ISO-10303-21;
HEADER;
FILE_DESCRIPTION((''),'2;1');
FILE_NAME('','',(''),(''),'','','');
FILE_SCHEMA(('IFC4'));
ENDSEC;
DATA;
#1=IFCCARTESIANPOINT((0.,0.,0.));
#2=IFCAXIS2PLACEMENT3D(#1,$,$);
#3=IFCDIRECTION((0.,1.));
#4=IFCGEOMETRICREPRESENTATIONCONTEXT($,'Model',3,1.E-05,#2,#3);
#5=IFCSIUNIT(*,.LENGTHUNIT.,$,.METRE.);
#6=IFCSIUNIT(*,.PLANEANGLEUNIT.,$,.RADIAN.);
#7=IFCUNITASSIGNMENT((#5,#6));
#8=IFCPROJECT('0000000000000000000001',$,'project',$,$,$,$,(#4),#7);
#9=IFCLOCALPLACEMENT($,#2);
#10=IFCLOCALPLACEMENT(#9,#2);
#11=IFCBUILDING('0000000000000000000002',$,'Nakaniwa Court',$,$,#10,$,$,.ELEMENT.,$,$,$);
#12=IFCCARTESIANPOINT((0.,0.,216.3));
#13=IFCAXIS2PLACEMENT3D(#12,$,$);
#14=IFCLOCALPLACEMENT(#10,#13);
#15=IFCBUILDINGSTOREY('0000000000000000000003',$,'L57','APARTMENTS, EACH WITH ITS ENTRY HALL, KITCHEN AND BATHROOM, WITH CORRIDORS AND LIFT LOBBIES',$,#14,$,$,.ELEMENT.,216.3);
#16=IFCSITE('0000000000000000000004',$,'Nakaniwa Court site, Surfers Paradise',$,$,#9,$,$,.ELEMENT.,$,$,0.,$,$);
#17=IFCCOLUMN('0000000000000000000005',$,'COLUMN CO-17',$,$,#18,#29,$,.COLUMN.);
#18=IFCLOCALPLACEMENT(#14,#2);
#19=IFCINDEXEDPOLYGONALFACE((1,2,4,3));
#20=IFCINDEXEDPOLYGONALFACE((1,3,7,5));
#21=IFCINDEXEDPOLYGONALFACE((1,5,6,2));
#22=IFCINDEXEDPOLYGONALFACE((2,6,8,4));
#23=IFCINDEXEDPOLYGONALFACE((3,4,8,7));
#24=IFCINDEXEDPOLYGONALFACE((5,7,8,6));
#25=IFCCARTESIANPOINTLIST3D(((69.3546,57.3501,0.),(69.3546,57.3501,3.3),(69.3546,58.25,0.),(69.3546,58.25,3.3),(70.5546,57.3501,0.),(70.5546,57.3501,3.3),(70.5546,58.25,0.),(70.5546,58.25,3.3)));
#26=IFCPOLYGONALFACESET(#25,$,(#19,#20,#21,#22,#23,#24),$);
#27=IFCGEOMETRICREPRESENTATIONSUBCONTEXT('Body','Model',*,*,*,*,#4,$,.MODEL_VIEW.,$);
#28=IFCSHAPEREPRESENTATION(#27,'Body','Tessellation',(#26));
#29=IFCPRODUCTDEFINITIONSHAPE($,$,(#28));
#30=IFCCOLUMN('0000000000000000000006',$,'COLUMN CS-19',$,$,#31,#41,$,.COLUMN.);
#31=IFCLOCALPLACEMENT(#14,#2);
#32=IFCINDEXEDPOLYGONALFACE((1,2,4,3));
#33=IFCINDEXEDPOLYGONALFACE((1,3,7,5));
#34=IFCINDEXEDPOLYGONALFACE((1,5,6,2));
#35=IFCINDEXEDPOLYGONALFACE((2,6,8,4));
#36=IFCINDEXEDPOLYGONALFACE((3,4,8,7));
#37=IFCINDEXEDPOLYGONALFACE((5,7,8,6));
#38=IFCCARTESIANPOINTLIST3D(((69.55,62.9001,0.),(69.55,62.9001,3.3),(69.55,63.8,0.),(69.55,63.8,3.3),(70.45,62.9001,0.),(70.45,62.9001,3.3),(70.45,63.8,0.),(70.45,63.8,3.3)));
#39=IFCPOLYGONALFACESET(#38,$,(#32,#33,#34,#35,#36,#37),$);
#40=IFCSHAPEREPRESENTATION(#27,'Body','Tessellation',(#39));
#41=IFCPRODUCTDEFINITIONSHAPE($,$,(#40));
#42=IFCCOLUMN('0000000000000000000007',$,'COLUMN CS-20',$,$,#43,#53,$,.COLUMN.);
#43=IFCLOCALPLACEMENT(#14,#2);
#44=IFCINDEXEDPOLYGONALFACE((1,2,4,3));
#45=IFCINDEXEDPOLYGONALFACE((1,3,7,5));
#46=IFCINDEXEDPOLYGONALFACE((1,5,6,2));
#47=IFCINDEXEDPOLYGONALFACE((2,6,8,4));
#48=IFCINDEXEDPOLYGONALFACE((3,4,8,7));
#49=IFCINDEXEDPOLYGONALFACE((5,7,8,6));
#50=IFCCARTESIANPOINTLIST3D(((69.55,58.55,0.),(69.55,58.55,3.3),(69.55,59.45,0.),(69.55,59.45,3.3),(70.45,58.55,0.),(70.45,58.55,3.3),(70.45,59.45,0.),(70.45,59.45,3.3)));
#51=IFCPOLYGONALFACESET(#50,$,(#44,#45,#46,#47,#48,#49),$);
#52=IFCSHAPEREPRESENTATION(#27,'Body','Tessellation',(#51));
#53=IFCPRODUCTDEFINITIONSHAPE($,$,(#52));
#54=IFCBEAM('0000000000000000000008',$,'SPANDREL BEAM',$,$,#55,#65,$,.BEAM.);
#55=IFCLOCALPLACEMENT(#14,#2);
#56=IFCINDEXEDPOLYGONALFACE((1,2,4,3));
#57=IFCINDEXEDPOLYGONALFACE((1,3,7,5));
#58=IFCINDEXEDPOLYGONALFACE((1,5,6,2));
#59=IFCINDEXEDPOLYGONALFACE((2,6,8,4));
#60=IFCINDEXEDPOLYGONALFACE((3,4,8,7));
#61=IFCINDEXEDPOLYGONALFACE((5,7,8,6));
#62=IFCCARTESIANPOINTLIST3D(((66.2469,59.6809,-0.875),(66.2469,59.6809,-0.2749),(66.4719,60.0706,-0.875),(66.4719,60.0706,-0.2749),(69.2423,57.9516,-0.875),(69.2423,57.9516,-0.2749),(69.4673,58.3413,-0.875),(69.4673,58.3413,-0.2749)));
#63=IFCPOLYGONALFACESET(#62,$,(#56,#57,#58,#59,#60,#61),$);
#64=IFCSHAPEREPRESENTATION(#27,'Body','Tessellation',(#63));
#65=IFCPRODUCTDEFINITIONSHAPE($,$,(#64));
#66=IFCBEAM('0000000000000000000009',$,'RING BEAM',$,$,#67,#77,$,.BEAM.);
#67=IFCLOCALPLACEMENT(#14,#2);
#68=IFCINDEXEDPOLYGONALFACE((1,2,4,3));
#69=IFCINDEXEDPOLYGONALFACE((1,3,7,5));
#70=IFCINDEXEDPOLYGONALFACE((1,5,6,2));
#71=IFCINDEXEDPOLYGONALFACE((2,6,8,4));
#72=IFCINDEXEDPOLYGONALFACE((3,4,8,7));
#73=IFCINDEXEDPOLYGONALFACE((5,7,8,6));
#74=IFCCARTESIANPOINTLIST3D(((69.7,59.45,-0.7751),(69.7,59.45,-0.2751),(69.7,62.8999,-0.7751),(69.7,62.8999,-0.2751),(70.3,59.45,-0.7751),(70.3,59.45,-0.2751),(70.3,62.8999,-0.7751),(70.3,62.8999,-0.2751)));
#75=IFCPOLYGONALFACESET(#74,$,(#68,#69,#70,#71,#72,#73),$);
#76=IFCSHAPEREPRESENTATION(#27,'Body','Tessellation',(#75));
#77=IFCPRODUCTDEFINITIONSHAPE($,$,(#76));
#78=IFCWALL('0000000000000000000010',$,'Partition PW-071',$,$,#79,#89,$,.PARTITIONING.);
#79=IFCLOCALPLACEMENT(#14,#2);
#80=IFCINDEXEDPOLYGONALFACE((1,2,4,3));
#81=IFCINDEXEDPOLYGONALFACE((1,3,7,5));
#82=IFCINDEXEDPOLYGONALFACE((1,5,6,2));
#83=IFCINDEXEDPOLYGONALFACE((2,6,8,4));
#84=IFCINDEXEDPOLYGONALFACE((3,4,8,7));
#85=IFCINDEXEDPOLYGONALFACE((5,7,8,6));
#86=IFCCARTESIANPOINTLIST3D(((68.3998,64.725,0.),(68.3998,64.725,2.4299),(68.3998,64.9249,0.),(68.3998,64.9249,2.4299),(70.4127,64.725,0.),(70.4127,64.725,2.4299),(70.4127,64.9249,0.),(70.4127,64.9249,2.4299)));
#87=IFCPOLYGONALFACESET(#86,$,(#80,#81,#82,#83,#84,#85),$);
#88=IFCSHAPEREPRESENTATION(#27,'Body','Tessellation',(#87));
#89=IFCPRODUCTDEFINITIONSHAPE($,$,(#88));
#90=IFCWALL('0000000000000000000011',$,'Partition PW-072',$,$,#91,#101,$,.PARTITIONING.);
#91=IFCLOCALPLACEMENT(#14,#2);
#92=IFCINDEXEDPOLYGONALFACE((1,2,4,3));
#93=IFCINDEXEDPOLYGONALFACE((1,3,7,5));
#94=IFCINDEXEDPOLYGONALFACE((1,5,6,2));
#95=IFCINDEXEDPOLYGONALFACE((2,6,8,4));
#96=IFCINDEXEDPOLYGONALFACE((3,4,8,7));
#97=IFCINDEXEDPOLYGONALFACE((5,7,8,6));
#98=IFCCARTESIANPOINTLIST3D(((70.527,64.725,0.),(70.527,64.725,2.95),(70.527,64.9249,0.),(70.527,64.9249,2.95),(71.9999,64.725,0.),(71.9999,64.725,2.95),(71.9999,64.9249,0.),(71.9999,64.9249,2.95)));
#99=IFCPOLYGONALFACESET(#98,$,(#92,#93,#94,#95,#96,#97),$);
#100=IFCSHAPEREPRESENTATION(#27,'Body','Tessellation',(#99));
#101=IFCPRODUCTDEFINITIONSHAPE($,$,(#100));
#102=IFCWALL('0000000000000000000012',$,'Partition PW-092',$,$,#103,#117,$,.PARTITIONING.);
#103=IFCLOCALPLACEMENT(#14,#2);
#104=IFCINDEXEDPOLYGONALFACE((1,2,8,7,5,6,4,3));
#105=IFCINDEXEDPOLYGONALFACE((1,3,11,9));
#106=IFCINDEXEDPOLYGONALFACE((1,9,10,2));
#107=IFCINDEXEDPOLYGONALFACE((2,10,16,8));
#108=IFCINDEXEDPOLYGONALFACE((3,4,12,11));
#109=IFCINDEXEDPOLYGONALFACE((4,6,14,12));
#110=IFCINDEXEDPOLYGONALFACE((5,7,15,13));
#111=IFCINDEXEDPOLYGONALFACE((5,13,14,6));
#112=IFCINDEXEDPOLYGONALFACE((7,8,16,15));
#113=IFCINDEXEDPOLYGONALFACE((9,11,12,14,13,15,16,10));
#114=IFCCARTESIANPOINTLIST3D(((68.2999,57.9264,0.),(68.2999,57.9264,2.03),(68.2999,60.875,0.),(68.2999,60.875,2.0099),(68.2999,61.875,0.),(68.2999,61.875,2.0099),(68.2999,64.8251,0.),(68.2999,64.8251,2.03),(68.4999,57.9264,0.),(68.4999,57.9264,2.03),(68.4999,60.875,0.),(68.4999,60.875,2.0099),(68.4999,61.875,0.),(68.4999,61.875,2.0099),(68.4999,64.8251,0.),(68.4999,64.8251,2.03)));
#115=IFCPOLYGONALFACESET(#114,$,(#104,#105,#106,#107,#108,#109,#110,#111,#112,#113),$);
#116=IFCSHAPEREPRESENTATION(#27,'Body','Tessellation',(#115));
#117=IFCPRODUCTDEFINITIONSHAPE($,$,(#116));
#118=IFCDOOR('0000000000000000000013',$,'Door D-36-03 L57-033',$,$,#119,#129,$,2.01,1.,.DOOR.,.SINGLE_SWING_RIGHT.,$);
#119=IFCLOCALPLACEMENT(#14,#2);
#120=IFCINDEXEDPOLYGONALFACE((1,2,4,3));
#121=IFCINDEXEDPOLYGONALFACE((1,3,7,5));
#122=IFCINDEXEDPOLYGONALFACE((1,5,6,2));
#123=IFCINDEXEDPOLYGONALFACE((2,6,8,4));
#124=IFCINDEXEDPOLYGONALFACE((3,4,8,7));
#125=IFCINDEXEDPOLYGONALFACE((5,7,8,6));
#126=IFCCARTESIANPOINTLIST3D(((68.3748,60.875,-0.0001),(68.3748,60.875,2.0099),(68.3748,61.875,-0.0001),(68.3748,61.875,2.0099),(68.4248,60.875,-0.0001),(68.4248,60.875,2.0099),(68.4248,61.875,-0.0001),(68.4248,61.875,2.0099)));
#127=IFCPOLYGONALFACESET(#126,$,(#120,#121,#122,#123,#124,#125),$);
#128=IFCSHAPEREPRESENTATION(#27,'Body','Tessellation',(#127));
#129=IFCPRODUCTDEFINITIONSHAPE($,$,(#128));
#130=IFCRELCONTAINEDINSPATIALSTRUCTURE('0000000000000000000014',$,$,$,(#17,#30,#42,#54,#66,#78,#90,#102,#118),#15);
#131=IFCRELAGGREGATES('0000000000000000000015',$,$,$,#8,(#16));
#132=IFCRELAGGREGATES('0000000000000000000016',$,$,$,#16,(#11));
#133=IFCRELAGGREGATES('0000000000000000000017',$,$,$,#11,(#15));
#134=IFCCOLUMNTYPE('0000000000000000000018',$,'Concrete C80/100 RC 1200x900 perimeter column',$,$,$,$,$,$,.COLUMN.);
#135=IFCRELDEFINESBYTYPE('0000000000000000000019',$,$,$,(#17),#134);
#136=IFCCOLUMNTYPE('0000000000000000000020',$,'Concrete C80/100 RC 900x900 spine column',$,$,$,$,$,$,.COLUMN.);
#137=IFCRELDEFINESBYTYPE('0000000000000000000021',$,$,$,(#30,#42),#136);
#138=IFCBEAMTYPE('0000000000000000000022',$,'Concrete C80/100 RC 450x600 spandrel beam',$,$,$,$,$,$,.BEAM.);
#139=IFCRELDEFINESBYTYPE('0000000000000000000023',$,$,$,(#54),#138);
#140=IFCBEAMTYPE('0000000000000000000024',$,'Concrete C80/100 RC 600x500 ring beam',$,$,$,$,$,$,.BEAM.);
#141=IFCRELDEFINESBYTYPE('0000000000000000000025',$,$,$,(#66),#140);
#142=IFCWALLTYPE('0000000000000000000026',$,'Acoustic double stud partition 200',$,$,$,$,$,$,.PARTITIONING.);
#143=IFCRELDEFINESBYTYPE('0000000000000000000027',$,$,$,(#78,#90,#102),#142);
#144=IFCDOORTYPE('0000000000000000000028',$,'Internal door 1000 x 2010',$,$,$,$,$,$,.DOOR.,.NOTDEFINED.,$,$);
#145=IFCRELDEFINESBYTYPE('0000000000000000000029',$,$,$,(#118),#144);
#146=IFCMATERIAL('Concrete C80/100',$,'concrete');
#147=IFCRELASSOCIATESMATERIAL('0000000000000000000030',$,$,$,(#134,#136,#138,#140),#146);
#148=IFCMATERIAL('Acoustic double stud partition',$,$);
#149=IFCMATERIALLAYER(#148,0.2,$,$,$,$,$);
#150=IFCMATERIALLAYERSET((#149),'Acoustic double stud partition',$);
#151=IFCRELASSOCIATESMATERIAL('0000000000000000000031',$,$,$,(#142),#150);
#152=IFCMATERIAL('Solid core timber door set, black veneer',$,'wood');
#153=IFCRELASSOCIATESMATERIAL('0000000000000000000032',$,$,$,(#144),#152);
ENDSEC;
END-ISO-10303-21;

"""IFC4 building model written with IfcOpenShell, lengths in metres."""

from ifc_helpers import new_model, si_unit, direction, frame, frame_2d, origin, origin_2d, place, context, subcontext, project, spatial, rectangle, extrude, material, layer, layer_set, material_profile, profile_set, type_object, element, fill, save


model = new_model("IFC4")

# Units and contexts
model_context = context("Model", 3, precision=1e-05, world=origin(), true_north=direction((0.0, 1.0)))
body_context = subcontext(model_context, "Body", "Model", "MODEL_VIEW")
ifc_project = project(units=[si_unit("LENGTHUNIT", "METRE"), si_unit("PLANEANGLEUNIT", "RADIAN")], contexts=[model_context])

# Site, building, storey
site_placement = place(None, origin())
site = spatial("IfcSite", under=ifc_project, at=site_placement, Name="Nakaniwa Court site, Surfers Paradise", CompositionType="ELEMENT", RefElevation=0.0)
building_placement = place(site_placement, origin())
building = spatial("IfcBuilding", under=site, at=building_placement, Name="Nakaniwa Court", CompositionType="ELEMENT")
storey_placement = place(building_placement, frame((0.0, 0.0, 216.3)))
storey = spatial("IfcBuildingStorey", under=building, at=storey_placement, Name="L57", Description="APARTMENTS, EACH WITH ITS ENTRY HALL, KITCHEN AND BATHROOM, WITH CORRIDORS AND LIFT LOBBIES", CompositionType="ELEMENT", Elevation=216.3)

# Columns
ifc_material_1 = material(Name="Concrete C80/100", Category="concrete")
ifc_material_profile_1 = material_profile(ifc_material_1, rectangle(XDim=1.2, YDim=0.8999, at=origin_2d()), Name="Concrete C80/100 RC 1200x900 perimeter column")
ifc_profile_set_1 = profile_set([ifc_material_profile_1], Name="Concrete C80/100")
column_type_1 = type_object("IfcColumnType", Name="Concrete C80/100 RC 1200x900 perimeter column", PredefinedType="COLUMN", material=ifc_profile_set_1)
column_placement = place(storey_placement, frame((69.9546, 57.8, 0.0), z_axis=(0.0, 0.0, 1.0), x_axis=(1.0, 0.0, 0.0)))
element("IfcColumn", 1, at=column_placement, inside=storey, type_object=column_type_1, Name="COLUMN CO-17", PredefinedType="COLUMN", context=body_context, shape_type="SweptSolid", body=[
    extrude(rectangle(XDim=1.2, YDim=0.8999, at=origin_2d()), origin(), (0.0, 0.0, 1.0), 3.3),
])
ifc_material_profile_2 = material_profile(ifc_material_1, rectangle(XDim=0.8999, YDim=0.8999, at=origin_2d()), Name="Concrete C80/100 RC 900x900 spine column")
ifc_profile_set_2 = profile_set([ifc_material_profile_2], Name="Concrete C80/100")
column_type_2 = type_object("IfcColumnType", Name="Concrete C80/100 RC 900x900 spine column", PredefinedType="COLUMN", material=ifc_profile_set_2)
for number, where, z_axis, x_axis, name in (
    (2, (70.0, 63.3501, 0.0), (0.0, 0.0, 1.0), (0.0, -1.0, 0.0), "COLUMN CS-19"),
    (3, (70.0, 59.0, 0.0), (0.0, 0.0, 1.0), (0.0, -1.0, 0.0), "COLUMN CS-20"),
):
    element("IfcColumn", number, at=place(storey_placement, frame(where, z_axis=z_axis, x_axis=x_axis)), inside=storey, type_object=column_type_2, Name=name, PredefinedType="COLUMN", context=body_context, shape_type="SweptSolid", body=[
        extrude(rectangle(XDim=0.8999, YDim=0.8999, at=origin_2d()), origin(), (0.0, 0.0, 1.0), 3.3),
    ])

# Beams
ifc_material_profile_3 = material_profile(ifc_material_1, rectangle(XDim=0.45, YDim=0.6001, at=origin_2d()), Name="Concrete C80/100 RC 450x600 spandrel beam")
ifc_profile_set_3 = profile_set([ifc_material_profile_3], Name="Concrete C80/100")
beam_type_1 = type_object("IfcBeamType", Name="Concrete C80/100 RC 450x600 spandrel beam", PredefinedType="BEAM", material=ifc_profile_set_3)
beam_1_placement = place(storey_placement, frame((66.3594, 59.8757, -0.575), z_axis=(0.866041, -0.499973, 0.0), x_axis=(0.499973, 0.866041, 0.0)))
element("IfcBeam", 4, at=beam_1_placement, inside=storey, type_object=beam_type_1, Name="SPANDREL BEAM", PredefinedType="BEAM", context=body_context, shape_type="SweptSolid", body=[
    extrude(rectangle(XDim=0.45, YDim=0.6001, at=origin_2d()), origin(), (0.0, 0.0, 1.0), 3.4587),
])
ifc_material_profile_4 = material_profile(ifc_material_1, rectangle(XDim=0.6001, YDim=0.5, at=origin_2d()), Name="Concrete C80/100 RC 600x500 ring beam")
ifc_profile_set_4 = profile_set([ifc_material_profile_4], Name="Concrete C80/100")
beam_type_2 = type_object("IfcBeamType", Name="Concrete C80/100 RC 600x500 ring beam", PredefinedType="BEAM", material=ifc_profile_set_4)
beam_2_placement = place(storey_placement, frame((70.0, 62.8999, -0.5251), z_axis=(0.0, -1.0, 0.0), x_axis=(1.0, 0.0, 0.0)))
element("IfcBeam", 5, at=beam_2_placement, inside=storey, type_object=beam_type_2, Name="RING BEAM", PredefinedType="BEAM", context=body_context, shape_type="SweptSolid", body=[
    extrude(rectangle(XDim=0.6001, YDim=0.5, at=origin_2d()), origin(), (0.0, 0.0, 1.0), 3.45),
])

# Walls
ifc_material_2 = material(Name="Acoustic double stud partition")
ifc_layer_1 = layer(ifc_material_2, 0.2)
ifc_layer_set_1 = layer_set([ifc_layer_1], Name="Acoustic double stud partition")
wall_type_1 = type_object("IfcWallType", Name="Acoustic double stud partition 200", PredefinedType="PARTITIONING", material=ifc_layer_set_1)
wall_1_placement = place(storey_placement, frame((68.3999, 64.825, 0.0), z_axis=(0.0, 0.0, 1.0), x_axis=(1.0, 0.0, 0.0)))
element("IfcWall", 6, at=wall_1_placement, inside=storey, type_object=wall_type_1, Name="Partition PW-071", PredefinedType="PARTITIONING", context=body_context, shape_type="SweptSolid", body=[
    extrude(rectangle(XDim=2.0129, YDim=0.2, at=frame_2d((1.0063, 0.0))), origin(), (0.0, 0.0, 1.0), 2.4299),
])
wall_2_placement = place(storey_placement, frame((70.5271, 64.825, 0.0), z_axis=(0.0, 0.0, 1.0), x_axis=(1.0, 0.0, 0.0)))
element("IfcWall", 7, at=wall_2_placement, inside=storey, type_object=wall_type_1, Name="Partition PW-072", PredefinedType="PARTITIONING", context=body_context, shape_type="SweptSolid", body=[
    extrude(rectangle(XDim=1.4729, YDim=0.2, at=frame_2d((0.7363, 0.0))), origin(), (0.0, 0.0, 1.0), 2.95),
])

# Wall, opening, door
wall_3_placement = place(storey_placement, frame((68.3999, 64.825, 0.0), z_axis=(0.0, 0.0, 1.0), x_axis=(0.0, -1.0, 0.0)))
wall_3 = element("IfcWall", 8, at=wall_3_placement, inside=storey, type_object=wall_type_1, Name="Partition PW-092", PredefinedType="PARTITIONING", context=body_context, shape_type="SweptSolid", body=[
    extrude(rectangle(XDim=6.8987, YDim=0.2, at=frame_2d((3.4492, 0.0))), origin(), (0.0, 0.0, 1.0), 2.03),
])
opening_1_placement = place(wall_3_placement, frame((2.95, 0.0, 0.0)))
opening_1 = element("IfcOpeningElement", 9, at=opening_1_placement, cuts=wall_3, PredefinedType="OPENING", context=body_context, shape_type="SweptSolid", body=[
    extrude(rectangle(XDim=1.0, YDim=2.01, at=frame_2d((0.5, 1.0049))), frame((0.0, 0.1099, 0.0), z_axis=(0.0, -1.0, 0.0), x_axis=(1.0, 0.0, 0.0)), (0.0, 0.0, 1.0), 0.22),
])
ifc_material_3 = material(Name="Solid core timber door set, black veneer", Category="wood")
door_type_1 = type_object("IfcDoorType", Name="Internal door 1000 x 2010", OperationType="NOTDEFINED", PredefinedType="DOOR", material=ifc_material_3)
door_1_placement = place(opening_1_placement, origin())
door_1 = element("IfcDoor", 10, at=door_1_placement, inside=storey, type_object=door_type_1, Name="Door D-36-03 L57-033", OperationType="SINGLE_SWING_RIGHT", OverallHeight=2.01, OverallWidth=1.0, PredefinedType="DOOR", context=body_context, shape_type="SweptSolid", body=[
    extrude(rectangle(XDim=1.0, YDim=2.01, at=frame_2d((0.5, 1.0049))), frame((0.0, 0.0249, 0.0), z_axis=(0.0, -1.0, 0.0), x_axis=(1.0, 0.0, 0.0)), (0.0, 0.0, 1.0), 0.05),
])
fill(opening_1, door_1)

save(model, "model.ifc")
